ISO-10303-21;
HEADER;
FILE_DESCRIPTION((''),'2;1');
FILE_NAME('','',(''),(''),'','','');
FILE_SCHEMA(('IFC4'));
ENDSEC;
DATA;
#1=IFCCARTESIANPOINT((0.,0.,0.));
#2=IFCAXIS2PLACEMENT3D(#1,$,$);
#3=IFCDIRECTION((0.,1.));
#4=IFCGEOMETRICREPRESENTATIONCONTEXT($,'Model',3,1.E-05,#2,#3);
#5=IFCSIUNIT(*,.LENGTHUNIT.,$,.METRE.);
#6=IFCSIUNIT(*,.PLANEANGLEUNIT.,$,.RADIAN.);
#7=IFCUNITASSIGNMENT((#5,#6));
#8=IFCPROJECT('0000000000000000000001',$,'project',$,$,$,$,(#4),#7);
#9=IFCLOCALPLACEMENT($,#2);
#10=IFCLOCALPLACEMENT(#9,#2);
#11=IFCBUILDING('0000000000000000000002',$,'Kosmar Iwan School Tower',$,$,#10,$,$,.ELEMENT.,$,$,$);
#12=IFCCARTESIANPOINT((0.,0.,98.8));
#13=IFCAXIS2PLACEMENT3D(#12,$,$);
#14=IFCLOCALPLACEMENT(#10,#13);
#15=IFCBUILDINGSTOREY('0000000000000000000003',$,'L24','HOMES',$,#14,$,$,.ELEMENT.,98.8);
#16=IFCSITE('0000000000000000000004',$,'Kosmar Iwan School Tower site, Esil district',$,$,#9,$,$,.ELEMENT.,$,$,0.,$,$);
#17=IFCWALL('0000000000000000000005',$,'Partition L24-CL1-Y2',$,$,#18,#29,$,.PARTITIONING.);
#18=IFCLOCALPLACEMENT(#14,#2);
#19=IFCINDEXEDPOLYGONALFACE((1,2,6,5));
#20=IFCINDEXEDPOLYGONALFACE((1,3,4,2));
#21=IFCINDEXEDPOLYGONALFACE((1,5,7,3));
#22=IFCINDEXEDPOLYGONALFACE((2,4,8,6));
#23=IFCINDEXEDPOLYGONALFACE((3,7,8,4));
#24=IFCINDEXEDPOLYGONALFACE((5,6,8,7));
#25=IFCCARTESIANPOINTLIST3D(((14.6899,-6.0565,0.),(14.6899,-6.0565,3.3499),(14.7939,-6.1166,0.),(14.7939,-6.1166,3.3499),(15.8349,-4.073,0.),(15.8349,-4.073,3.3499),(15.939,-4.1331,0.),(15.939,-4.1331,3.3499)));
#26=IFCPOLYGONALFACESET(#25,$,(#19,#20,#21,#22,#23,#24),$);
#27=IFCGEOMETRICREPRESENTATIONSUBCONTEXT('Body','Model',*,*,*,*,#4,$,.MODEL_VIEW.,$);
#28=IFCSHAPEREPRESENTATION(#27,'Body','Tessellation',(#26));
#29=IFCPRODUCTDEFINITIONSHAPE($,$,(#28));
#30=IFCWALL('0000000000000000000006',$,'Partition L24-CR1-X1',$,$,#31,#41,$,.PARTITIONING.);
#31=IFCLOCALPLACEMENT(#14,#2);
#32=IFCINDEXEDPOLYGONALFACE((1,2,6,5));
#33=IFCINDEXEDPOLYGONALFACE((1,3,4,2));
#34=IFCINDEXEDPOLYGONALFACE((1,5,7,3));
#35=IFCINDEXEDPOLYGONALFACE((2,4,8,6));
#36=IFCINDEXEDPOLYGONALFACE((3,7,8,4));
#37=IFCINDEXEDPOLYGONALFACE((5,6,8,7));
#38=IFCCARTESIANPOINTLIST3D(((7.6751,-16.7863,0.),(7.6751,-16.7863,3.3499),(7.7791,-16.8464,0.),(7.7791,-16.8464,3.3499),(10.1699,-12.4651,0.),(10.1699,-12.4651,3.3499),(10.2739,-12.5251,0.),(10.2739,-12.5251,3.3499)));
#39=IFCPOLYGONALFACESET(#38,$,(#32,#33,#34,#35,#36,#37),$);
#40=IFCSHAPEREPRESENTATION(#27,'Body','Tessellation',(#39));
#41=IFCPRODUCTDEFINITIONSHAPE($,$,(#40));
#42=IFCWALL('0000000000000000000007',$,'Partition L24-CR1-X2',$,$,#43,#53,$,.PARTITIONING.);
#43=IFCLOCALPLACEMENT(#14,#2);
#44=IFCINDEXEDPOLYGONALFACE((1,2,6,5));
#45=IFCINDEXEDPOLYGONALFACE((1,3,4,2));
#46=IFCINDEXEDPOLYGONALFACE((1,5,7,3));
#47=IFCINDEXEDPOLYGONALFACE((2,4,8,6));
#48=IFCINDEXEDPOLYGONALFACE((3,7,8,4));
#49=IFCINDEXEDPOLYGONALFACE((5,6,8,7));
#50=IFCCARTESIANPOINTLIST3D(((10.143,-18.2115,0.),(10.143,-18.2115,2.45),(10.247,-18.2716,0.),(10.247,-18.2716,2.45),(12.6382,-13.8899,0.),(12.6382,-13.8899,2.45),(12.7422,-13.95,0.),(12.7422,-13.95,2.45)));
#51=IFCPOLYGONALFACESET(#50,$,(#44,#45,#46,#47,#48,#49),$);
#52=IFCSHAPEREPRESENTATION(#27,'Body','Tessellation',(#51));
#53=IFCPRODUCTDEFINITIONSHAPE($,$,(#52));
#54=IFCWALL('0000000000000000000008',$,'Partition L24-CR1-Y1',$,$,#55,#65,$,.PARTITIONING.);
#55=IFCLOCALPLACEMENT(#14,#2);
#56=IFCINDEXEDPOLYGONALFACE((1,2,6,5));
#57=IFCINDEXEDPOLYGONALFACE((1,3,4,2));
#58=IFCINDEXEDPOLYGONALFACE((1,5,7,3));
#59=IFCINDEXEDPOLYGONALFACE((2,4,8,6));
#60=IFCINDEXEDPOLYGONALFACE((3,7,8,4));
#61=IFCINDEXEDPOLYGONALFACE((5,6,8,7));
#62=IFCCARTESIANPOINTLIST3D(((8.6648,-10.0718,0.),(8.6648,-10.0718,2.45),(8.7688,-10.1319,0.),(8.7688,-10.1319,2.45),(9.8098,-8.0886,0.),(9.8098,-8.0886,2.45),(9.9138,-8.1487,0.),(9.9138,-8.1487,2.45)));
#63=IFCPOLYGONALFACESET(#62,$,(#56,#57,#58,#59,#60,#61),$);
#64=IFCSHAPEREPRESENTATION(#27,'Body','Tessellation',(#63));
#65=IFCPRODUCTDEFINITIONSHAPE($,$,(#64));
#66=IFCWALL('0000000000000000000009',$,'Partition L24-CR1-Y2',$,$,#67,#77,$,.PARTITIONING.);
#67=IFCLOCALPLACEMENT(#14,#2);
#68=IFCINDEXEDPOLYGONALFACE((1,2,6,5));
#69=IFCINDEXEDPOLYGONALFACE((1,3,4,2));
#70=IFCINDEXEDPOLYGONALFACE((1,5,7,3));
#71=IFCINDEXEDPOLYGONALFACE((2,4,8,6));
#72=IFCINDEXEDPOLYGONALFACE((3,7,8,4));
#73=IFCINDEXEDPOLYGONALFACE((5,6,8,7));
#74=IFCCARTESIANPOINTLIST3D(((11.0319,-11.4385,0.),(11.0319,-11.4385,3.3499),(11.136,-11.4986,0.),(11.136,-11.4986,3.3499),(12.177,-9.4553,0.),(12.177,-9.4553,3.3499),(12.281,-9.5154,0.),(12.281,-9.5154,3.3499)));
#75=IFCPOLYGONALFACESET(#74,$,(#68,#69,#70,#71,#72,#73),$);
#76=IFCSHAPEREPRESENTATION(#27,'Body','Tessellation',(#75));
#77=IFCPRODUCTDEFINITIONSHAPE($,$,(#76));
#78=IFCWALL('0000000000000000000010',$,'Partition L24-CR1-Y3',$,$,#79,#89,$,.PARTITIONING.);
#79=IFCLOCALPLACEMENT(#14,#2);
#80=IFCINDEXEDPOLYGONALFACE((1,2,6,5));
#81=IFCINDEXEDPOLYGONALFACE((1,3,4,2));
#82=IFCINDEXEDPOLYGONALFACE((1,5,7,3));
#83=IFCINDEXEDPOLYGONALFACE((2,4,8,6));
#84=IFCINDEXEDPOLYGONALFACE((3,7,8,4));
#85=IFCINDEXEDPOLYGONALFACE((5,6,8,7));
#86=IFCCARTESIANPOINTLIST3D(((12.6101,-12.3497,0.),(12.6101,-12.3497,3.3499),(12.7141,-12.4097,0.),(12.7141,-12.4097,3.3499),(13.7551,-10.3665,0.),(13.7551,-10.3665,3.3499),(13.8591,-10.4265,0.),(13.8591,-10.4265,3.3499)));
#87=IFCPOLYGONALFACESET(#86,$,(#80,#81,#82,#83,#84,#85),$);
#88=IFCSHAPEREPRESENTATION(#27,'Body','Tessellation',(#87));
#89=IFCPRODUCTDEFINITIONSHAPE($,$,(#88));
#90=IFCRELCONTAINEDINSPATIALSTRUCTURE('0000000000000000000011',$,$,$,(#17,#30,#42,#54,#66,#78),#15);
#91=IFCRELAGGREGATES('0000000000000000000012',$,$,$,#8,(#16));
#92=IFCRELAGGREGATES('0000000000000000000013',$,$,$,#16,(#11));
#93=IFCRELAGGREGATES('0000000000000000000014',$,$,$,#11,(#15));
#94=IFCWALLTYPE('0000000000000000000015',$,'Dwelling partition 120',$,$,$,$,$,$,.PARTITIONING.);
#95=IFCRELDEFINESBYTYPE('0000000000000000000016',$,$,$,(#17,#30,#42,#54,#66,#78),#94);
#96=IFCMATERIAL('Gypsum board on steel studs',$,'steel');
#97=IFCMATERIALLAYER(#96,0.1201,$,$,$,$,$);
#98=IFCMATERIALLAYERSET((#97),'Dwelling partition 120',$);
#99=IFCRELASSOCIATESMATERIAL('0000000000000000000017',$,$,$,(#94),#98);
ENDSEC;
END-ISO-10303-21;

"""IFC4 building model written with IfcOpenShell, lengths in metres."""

from ifc_helpers import new_model, si_unit, direction, frame, frame_2d, origin, place, context, subcontext, project, spatial, rectangle, extrude, material, layer, layer_set, type_object, element, save


model = new_model("IFC4")

# Units and contexts
model_context = context("Model", 3, precision=1e-05, world=origin(), true_north=direction((0.0, 1.0)))
body_context = subcontext(model_context, "Body", "Model", "MODEL_VIEW")
ifc_project = project(units=[si_unit("LENGTHUNIT", "METRE"), si_unit("PLANEANGLEUNIT", "RADIAN")], contexts=[model_context])

# Site, building, storey
site_placement = place(None, origin())
site = spatial("IfcSite", under=ifc_project, at=site_placement, Name="Kosmar Iwan School Tower site, Esil district", CompositionType="ELEMENT", RefElevation=0.0)
building_placement = place(site_placement, origin())
building = spatial("IfcBuilding", under=site, at=building_placement, Name="Kosmar Iwan School Tower", CompositionType="ELEMENT")
storey_placement = place(building_placement, frame((0.0, 0.0, 98.8)))
storey = spatial("IfcBuildingStorey", under=building, at=storey_placement, Name="L24", Description="HOMES", CompositionType="ELEMENT", Elevation=98.8)

# Walls
ifc_material_1 = material(Name="Gypsum board on steel studs", Category="steel")
ifc_layer_1 = layer(ifc_material_1, 0.1201)
ifc_layer_set_1 = layer_set([ifc_layer_1], Name="Dwelling partition 120")
wall_type_1 = type_object("IfcWallType", Name="Dwelling partition 120", PredefinedType="PARTITIONING", material=ifc_layer_set_1)
wall_1_placement = place(storey_placement, frame((14.7419, -6.0864, 0.0), z_axis=(0.0, 0.0, 1.0), x_axis=(0.499969, 0.866044, 0.0)))
element("IfcWall", 1, at=wall_1_placement, inside=storey, type_object=wall_type_1, Name="Partition L24-CL1-Y2", PredefinedType="PARTITIONING", context=body_context, shape_type="SweptSolid", body=[
    extrude(rectangle(XDim=2.2903, YDim=0.1201, at=frame_2d((1.145, 0.0))), origin(), (0.0, 0.0, 1.0), 3.3499),
])
wall_2_placement = place(storey_placement, frame((10.2219, -12.4951, 0.0), z_axis=(0.0, 0.0, 1.0), x_axis=(-0.499996, -0.866028, 0.0)))
element("IfcWall", 2, at=wall_2_placement, inside=storey, type_object=wall_type_1, Name="Partition L24-CR1-X1", PredefinedType="PARTITIONING", context=body_context, shape_type="SweptSolid", body=[
    extrude(rectangle(XDim=4.9897, YDim=0.1201, at=frame_2d((2.4949, 0.0))), origin(), (0.0, 0.0, 1.0), 3.3499),
])
wall_3_placement = place(storey_placement, frame((12.6902, -13.9199, 0.0), z_axis=(0.0, 0.0, 1.0), x_axis=(-0.500012, -0.866019, 0.0)))
element("IfcWall", 3, at=wall_3_placement, inside=storey, type_object=wall_type_1, Name="Partition L24-CR1-X2", PredefinedType="PARTITIONING", context=body_context, shape_type="SweptSolid", body=[
    extrude(rectangle(XDim=4.9902, YDim=0.1201, at=frame_2d((2.4951, 0.0))), origin(), (0.0, 0.0, 1.0), 2.45),
])
wall_4_placement = place(storey_placement, frame((9.8618, -8.1187, 0.0), z_axis=(0.0, 0.0, 1.0), x_axis=(-0.500015, -0.866017, 0.0)))
element("IfcWall", 4, at=wall_4_placement, inside=storey, type_object=wall_type_1, Name="Partition L24-CR1-Y1", PredefinedType="PARTITIONING", context=body_context, shape_type="SweptSolid", body=[
    extrude(rectangle(XDim=2.29, YDim=0.1201, at=frame_2d((1.145, 0.0))), origin(), (0.0, 0.0, 1.0), 2.45),
])
for number, where, z_axis, x_axis, name in (
    (5, (12.229, -9.4854, 0.0), (0.0, 0.0, 1.0), (-0.500015, -0.866017, 0.0), "Partition L24-CR1-Y2"),
    (6, (13.8071, -10.3965, 0.0), (0.0, 0.0, 1.0), (-0.500015, -0.866017, 0.0), "Partition L24-CR1-Y3"),
):
    element("IfcWall", number, at=place(storey_placement, frame(where, z_axis=z_axis, x_axis=x_axis)), inside=storey, type_object=wall_type_1, Name=name, PredefinedType="PARTITIONING", context=body_context, shape_type="SweptSolid", body=[
        extrude(rectangle(XDim=2.29, YDim=0.1201, at=frame_2d((1.145, 0.0))), origin(), (0.0, 0.0, 1.0), 3.3499),
    ])

save(model, "model.ifc")
